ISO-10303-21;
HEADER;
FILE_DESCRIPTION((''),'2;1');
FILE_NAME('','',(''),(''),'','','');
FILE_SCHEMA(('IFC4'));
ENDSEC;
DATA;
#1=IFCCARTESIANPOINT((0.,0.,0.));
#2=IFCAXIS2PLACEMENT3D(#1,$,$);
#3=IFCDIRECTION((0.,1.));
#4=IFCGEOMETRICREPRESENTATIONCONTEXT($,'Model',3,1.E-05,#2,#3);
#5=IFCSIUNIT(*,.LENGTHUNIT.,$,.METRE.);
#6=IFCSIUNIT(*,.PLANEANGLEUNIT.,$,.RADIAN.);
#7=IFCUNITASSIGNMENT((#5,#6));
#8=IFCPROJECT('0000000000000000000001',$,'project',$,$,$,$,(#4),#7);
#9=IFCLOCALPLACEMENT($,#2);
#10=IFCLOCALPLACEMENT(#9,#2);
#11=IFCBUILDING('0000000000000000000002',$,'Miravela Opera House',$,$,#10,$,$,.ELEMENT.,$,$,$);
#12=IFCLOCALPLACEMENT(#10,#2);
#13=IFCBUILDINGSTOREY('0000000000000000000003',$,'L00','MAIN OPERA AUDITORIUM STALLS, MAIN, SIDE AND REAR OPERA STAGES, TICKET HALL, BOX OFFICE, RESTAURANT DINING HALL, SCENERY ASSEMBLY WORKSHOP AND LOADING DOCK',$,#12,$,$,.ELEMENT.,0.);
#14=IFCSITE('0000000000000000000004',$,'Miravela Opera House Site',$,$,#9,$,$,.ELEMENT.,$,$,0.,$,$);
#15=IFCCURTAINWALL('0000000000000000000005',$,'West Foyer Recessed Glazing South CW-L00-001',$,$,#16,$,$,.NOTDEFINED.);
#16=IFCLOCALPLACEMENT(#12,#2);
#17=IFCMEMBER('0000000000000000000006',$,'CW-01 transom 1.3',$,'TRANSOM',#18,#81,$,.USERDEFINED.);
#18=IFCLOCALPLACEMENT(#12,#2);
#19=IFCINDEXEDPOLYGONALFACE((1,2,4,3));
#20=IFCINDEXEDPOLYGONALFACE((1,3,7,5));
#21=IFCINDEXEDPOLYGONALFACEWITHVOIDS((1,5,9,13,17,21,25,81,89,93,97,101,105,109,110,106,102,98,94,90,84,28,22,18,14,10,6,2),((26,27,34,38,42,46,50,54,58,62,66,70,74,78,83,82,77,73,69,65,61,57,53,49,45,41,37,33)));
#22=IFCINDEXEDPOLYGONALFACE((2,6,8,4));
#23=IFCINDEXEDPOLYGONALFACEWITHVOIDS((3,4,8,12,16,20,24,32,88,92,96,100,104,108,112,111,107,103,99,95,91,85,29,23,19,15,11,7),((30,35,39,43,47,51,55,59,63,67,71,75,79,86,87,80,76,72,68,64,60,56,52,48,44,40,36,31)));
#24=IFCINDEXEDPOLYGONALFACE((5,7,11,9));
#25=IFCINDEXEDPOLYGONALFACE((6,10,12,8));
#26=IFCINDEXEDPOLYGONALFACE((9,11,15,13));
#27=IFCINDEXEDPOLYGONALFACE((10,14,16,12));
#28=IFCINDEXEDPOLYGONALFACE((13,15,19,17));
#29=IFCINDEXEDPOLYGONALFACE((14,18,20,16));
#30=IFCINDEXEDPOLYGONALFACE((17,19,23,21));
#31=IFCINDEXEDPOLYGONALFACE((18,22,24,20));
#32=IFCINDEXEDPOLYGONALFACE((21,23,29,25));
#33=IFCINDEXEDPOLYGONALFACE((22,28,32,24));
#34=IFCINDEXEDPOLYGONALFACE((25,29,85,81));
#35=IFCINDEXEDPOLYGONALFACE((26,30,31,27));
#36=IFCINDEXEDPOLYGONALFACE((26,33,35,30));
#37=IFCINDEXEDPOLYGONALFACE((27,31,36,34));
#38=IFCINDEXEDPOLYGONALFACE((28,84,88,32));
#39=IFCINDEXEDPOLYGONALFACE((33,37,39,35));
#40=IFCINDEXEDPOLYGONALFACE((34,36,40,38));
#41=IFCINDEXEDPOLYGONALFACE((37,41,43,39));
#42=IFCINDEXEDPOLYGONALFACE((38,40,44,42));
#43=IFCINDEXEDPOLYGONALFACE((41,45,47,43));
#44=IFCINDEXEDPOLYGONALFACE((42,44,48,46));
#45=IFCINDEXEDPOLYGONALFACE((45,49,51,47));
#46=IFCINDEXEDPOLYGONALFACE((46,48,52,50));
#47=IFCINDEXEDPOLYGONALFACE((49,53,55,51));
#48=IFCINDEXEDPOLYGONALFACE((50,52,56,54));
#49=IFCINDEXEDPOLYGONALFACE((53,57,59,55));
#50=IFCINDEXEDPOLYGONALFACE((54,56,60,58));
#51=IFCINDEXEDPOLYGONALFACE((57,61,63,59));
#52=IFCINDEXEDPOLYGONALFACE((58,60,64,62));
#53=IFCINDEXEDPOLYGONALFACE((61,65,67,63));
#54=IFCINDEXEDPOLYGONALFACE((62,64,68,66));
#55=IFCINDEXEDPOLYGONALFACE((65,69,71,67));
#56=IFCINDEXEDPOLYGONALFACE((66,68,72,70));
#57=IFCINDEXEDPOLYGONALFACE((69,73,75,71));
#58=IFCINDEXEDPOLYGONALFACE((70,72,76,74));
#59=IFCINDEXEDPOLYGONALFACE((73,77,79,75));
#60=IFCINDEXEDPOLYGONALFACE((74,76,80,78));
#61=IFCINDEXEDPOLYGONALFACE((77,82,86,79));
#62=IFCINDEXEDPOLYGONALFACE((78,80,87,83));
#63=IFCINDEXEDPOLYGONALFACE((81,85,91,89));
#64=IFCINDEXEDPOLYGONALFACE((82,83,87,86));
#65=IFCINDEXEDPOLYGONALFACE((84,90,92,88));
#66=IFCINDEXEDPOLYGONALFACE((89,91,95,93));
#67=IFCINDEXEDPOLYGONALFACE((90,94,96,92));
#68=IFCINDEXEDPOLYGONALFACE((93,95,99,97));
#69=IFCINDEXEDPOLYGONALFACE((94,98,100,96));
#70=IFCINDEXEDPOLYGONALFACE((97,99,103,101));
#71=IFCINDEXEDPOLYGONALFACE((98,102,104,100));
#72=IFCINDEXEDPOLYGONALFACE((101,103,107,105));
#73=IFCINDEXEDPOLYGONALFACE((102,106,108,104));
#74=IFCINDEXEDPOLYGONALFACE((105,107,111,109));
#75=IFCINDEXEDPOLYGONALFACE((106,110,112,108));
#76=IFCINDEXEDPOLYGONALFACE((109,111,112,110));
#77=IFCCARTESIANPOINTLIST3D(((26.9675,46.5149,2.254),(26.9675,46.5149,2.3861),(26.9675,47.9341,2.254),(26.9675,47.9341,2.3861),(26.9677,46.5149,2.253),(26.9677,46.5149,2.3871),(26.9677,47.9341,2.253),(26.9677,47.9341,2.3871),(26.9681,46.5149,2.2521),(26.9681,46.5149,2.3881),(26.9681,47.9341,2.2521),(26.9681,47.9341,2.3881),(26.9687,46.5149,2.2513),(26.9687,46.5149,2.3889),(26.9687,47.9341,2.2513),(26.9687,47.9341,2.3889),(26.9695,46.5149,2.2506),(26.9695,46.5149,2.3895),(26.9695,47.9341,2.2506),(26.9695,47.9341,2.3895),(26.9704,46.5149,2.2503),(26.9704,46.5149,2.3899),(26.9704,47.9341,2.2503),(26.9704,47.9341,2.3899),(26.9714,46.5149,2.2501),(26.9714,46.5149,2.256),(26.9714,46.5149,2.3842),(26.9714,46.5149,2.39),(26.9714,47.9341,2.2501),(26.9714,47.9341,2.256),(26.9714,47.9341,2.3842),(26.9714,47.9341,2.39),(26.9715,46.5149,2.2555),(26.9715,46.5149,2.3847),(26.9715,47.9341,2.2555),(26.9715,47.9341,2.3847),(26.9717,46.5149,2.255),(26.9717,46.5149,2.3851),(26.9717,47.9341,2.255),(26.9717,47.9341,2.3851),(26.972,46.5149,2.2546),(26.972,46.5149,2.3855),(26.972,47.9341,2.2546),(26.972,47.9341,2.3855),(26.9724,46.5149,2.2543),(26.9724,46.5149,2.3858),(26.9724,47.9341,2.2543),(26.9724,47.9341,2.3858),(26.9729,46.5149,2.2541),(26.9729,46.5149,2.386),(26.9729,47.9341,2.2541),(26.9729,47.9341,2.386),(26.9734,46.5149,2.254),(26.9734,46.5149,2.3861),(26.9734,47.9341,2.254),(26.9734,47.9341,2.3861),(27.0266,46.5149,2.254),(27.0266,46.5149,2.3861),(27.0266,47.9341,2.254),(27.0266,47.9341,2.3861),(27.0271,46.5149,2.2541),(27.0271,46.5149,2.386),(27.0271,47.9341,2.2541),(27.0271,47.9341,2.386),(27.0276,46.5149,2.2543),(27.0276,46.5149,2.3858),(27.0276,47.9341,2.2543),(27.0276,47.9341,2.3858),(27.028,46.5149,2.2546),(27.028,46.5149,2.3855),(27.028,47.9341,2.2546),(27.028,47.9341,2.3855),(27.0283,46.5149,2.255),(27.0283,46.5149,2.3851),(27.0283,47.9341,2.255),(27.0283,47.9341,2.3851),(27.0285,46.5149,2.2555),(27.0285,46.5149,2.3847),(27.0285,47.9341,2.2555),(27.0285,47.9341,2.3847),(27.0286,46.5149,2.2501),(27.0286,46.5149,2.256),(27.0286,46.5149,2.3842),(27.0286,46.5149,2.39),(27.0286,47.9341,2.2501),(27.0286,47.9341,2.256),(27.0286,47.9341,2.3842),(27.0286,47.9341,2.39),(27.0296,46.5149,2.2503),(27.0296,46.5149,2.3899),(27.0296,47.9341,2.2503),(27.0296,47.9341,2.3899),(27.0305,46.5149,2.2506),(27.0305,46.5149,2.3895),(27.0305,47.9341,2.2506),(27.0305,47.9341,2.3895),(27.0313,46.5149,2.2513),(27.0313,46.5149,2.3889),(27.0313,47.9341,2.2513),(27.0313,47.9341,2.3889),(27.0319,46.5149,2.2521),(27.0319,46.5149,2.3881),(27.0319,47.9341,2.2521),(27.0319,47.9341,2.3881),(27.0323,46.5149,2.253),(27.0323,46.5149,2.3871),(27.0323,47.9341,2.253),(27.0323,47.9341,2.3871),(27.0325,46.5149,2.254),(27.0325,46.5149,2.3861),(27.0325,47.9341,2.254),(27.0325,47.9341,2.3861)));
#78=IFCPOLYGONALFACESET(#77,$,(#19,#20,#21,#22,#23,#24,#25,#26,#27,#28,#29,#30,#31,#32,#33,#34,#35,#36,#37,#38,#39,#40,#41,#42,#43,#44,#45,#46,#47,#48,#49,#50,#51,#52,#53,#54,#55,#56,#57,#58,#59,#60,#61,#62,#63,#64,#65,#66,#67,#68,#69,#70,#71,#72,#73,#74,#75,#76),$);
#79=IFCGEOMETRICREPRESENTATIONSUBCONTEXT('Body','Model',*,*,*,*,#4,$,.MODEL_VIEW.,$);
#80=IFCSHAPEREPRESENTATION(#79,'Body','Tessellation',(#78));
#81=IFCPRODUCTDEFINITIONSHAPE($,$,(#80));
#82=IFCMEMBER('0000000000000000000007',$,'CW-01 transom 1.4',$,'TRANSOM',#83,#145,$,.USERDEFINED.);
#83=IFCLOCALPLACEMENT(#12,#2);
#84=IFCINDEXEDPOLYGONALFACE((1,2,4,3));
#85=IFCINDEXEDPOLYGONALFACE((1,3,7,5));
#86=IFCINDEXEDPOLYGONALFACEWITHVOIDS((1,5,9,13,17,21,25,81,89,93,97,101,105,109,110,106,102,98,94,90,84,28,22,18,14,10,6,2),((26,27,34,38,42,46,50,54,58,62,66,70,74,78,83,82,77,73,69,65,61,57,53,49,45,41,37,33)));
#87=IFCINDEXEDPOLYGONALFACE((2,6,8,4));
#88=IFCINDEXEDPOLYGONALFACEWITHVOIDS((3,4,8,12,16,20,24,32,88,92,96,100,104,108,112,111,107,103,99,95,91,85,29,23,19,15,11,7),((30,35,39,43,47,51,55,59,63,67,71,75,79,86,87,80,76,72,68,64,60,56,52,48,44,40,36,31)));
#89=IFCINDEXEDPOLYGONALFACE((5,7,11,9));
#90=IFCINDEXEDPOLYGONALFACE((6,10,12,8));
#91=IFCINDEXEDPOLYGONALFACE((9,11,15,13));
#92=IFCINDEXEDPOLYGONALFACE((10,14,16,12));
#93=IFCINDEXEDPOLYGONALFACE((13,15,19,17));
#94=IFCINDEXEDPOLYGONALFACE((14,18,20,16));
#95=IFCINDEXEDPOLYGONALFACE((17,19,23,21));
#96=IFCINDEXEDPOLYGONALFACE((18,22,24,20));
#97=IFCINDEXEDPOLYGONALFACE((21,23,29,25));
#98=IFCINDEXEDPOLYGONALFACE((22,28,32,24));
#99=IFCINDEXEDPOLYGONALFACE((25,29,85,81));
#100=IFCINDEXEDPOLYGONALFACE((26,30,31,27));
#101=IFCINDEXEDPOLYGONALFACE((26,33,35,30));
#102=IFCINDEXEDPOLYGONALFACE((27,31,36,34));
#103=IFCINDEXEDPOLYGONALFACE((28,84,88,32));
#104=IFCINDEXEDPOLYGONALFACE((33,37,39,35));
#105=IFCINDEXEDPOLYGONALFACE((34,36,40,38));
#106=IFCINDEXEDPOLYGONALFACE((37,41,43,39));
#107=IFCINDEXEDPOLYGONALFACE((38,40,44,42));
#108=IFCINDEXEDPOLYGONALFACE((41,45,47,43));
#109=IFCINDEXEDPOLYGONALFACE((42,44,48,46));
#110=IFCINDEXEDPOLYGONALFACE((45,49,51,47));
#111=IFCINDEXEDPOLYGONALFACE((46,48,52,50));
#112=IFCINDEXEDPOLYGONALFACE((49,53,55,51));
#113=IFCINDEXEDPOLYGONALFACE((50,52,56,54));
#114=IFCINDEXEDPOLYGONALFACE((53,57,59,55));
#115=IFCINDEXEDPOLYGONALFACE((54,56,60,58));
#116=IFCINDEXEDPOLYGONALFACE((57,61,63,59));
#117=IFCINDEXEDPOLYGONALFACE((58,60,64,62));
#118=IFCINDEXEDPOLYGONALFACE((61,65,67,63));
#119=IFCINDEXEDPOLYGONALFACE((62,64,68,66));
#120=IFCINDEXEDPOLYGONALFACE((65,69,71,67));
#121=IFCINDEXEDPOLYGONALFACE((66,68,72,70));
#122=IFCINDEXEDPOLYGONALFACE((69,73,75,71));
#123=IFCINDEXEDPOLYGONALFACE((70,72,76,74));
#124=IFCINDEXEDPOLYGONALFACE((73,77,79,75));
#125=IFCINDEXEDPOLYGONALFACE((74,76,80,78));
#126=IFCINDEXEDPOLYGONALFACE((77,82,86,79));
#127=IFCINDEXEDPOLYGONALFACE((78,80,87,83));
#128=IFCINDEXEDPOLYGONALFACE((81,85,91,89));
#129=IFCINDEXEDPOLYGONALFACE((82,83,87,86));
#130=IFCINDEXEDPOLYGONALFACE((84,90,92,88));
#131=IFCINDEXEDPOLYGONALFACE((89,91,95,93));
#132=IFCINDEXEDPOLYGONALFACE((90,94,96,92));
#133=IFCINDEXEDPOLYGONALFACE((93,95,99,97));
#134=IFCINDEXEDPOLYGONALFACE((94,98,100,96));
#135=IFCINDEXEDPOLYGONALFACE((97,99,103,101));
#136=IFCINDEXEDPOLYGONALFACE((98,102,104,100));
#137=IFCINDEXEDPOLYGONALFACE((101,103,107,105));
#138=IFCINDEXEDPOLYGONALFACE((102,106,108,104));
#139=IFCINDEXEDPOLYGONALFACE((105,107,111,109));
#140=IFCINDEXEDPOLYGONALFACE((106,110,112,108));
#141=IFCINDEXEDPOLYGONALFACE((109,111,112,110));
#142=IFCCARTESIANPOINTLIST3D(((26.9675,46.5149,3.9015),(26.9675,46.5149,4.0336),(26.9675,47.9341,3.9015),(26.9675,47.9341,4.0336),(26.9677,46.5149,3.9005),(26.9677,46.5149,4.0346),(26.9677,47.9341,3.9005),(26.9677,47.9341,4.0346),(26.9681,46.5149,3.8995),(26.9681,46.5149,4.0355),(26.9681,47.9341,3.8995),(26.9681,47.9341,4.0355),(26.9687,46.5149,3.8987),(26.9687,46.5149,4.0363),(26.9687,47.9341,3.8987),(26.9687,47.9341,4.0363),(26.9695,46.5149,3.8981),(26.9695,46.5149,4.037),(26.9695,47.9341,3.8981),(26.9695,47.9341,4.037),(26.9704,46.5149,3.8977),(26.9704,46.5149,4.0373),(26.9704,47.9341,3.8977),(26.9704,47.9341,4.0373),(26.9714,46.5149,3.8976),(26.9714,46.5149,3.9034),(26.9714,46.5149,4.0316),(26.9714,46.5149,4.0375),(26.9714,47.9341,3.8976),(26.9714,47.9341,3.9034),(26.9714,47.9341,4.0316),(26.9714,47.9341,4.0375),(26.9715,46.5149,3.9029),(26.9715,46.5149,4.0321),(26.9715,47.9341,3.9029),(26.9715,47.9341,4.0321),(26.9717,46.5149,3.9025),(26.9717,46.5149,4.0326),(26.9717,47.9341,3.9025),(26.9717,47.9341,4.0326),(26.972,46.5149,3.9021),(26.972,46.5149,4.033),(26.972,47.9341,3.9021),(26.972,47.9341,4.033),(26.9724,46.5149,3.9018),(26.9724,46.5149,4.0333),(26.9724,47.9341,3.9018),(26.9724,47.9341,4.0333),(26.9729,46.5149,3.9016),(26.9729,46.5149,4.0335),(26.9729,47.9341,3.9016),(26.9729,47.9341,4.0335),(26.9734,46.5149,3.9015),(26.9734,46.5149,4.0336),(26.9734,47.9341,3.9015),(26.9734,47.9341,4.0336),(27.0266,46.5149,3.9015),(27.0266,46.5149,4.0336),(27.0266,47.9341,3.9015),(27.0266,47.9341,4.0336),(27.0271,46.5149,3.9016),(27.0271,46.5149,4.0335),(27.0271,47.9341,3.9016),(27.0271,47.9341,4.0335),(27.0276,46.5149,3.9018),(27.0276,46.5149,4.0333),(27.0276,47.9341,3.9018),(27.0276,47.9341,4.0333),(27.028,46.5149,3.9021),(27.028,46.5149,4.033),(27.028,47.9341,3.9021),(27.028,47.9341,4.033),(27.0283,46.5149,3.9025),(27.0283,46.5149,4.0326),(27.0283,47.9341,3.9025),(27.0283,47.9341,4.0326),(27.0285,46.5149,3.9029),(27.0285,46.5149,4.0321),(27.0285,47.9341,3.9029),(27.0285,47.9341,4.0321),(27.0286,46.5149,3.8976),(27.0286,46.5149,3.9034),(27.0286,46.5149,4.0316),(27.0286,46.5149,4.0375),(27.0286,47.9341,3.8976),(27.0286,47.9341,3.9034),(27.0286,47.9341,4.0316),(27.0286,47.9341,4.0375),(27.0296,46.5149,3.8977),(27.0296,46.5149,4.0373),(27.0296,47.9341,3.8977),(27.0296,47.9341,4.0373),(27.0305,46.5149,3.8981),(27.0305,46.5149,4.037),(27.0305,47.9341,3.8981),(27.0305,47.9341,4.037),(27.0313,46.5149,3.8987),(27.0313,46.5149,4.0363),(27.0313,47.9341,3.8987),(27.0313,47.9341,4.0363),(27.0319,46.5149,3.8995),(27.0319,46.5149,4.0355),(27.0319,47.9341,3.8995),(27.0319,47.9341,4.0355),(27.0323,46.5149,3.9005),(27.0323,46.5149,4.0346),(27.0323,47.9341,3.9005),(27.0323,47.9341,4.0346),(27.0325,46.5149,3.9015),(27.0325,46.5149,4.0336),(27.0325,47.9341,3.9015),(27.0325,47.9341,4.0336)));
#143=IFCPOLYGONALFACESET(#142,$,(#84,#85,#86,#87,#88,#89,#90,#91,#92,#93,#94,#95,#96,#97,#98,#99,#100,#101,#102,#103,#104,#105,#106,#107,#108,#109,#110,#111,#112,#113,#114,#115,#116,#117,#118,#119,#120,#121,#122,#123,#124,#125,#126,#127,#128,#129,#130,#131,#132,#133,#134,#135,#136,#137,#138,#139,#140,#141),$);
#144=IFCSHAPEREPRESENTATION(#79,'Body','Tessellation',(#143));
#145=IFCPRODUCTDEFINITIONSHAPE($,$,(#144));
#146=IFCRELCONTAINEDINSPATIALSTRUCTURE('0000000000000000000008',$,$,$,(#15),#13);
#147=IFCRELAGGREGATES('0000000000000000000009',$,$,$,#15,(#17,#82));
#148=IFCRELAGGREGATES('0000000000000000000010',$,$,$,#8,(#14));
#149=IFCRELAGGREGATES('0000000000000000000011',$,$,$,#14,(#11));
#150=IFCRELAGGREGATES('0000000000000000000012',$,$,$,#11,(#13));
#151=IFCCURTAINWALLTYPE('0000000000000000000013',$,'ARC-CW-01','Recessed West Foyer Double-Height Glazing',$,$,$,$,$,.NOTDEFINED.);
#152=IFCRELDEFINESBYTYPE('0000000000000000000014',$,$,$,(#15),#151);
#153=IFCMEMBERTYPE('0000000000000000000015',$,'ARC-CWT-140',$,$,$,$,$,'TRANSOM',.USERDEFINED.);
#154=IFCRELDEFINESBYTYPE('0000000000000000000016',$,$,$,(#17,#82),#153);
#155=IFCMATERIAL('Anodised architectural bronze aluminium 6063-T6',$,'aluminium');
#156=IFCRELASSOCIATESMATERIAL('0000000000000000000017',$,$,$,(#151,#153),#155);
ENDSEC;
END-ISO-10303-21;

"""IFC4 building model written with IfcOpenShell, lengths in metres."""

from ifc_helpers import new_model, si_unit, direction, frame, origin, origin_2d, place, context, subcontext, project, spatial, hollow_rectangle, extrude, material, material_profile, profile_set, type_object, element, aggregate, save


model = new_model("IFC4")

# Units and contexts
model_context = context("Model", 3, precision=1e-05, world=origin(), true_north=direction((0.0, 1.0)))
body_context = subcontext(model_context, "Body", "Model", "MODEL_VIEW")
ifc_project = project(units=[si_unit("LENGTHUNIT", "METRE"), si_unit("PLANEANGLEUNIT", "RADIAN")], contexts=[model_context])

# Site, building, storey
site_placement = place(None, origin())
site = spatial("IfcSite", under=ifc_project, at=site_placement, Name="Miravela Opera House Site", CompositionType="ELEMENT", RefElevation=0.0)
building_placement = place(site_placement, origin())
building = spatial("IfcBuilding", under=site, at=building_placement, Name="Miravela Opera House", CompositionType="ELEMENT")
storey_placement = place(building_placement, origin())
storey = spatial("IfcBuildingStorey", under=building, at=storey_placement, Name="L00", Description="MAIN OPERA AUDITORIUM STALLS, MAIN, SIDE AND REAR OPERA STAGES, TICKET HALL, BOX OFFICE, RESTAURANT DINING HALL, SCENERY ASSEMBLY WORKSHOP AND LOADING DOCK", CompositionType="ELEMENT", Elevation=0.0)

# Curtain wall, members
ifc_material_1 = material(Name="Anodised architectural bronze aluminium 6063-T6", Category="aluminium")
curtain_wall_type = type_object("IfcCurtainWallType", Name="ARC-CW-01", Description="Recessed West Foyer Double-Height Glazing", PredefinedType="NOTDEFINED", material=ifc_material_1)
curtain_wall_placement = place(storey_placement, origin())
curtain_wall = element("IfcCurtainWall", 1, at=curtain_wall_placement, inside=storey, type_object=curtain_wall_type, Name="West Foyer Recessed Glazing South CW-L00-001", PredefinedType="NOTDEFINED")
ifc_material_profile_1 = material_profile(ifc_material_1, hollow_rectangle(XDim=0.0649, YDim=0.1399, WallThickness=0.0039, InnerFilletRadius=0.002, OuterFilletRadius=0.0039, at=origin_2d()), Name="CWT-65X140")
ifc_profile_set_1 = profile_set([ifc_material_profile_1])
member_type_1 = type_object("IfcMemberType", Name="ARC-CWT-140", ElementType="TRANSOM", PredefinedType="USERDEFINED", material=ifc_profile_set_1)
member_1_placement = place(storey_placement, frame((27.0, 46.5149, 2.3201), z_axis=(0.0, 1.0, 0.0), x_axis=(-1.0, 0.0, 0.0)))
member_1 = element("IfcMember", 2, at=member_1_placement, type_object=member_type_1, Name="CW-01 transom 1.3", ObjectType="TRANSOM", PredefinedType="USERDEFINED", context=body_context, shape_type="SweptSolid", body=[
    extrude(hollow_rectangle(XDim=0.0649, YDim=0.1399, WallThickness=0.0039, InnerFilletRadius=0.002, OuterFilletRadius=0.0039, at=origin_2d()), origin(), (0.0, 0.0, 1.0), 1.4192),
])
member_2_placement = place(storey_placement, frame((27.0, 46.5149, 3.9675), z_axis=(0.0, 1.0, 0.0), x_axis=(-1.0, 0.0, 0.0)))
member_2 = element("IfcMember", 3, at=member_2_placement, type_object=member_type_1, Name="CW-01 transom 1.4", ObjectType="TRANSOM", PredefinedType="USERDEFINED", context=body_context, shape_type="SweptSolid", body=[
    extrude(hollow_rectangle(XDim=0.0649, YDim=0.1399, WallThickness=0.0039, InnerFilletRadius=0.002, OuterFilletRadius=0.0039, at=origin_2d()), origin(), (0.0, 0.0, 1.0), 1.4192),
])

aggregate(curtain_wall, [member_1, member_2])

save(model, "model.ifc")
